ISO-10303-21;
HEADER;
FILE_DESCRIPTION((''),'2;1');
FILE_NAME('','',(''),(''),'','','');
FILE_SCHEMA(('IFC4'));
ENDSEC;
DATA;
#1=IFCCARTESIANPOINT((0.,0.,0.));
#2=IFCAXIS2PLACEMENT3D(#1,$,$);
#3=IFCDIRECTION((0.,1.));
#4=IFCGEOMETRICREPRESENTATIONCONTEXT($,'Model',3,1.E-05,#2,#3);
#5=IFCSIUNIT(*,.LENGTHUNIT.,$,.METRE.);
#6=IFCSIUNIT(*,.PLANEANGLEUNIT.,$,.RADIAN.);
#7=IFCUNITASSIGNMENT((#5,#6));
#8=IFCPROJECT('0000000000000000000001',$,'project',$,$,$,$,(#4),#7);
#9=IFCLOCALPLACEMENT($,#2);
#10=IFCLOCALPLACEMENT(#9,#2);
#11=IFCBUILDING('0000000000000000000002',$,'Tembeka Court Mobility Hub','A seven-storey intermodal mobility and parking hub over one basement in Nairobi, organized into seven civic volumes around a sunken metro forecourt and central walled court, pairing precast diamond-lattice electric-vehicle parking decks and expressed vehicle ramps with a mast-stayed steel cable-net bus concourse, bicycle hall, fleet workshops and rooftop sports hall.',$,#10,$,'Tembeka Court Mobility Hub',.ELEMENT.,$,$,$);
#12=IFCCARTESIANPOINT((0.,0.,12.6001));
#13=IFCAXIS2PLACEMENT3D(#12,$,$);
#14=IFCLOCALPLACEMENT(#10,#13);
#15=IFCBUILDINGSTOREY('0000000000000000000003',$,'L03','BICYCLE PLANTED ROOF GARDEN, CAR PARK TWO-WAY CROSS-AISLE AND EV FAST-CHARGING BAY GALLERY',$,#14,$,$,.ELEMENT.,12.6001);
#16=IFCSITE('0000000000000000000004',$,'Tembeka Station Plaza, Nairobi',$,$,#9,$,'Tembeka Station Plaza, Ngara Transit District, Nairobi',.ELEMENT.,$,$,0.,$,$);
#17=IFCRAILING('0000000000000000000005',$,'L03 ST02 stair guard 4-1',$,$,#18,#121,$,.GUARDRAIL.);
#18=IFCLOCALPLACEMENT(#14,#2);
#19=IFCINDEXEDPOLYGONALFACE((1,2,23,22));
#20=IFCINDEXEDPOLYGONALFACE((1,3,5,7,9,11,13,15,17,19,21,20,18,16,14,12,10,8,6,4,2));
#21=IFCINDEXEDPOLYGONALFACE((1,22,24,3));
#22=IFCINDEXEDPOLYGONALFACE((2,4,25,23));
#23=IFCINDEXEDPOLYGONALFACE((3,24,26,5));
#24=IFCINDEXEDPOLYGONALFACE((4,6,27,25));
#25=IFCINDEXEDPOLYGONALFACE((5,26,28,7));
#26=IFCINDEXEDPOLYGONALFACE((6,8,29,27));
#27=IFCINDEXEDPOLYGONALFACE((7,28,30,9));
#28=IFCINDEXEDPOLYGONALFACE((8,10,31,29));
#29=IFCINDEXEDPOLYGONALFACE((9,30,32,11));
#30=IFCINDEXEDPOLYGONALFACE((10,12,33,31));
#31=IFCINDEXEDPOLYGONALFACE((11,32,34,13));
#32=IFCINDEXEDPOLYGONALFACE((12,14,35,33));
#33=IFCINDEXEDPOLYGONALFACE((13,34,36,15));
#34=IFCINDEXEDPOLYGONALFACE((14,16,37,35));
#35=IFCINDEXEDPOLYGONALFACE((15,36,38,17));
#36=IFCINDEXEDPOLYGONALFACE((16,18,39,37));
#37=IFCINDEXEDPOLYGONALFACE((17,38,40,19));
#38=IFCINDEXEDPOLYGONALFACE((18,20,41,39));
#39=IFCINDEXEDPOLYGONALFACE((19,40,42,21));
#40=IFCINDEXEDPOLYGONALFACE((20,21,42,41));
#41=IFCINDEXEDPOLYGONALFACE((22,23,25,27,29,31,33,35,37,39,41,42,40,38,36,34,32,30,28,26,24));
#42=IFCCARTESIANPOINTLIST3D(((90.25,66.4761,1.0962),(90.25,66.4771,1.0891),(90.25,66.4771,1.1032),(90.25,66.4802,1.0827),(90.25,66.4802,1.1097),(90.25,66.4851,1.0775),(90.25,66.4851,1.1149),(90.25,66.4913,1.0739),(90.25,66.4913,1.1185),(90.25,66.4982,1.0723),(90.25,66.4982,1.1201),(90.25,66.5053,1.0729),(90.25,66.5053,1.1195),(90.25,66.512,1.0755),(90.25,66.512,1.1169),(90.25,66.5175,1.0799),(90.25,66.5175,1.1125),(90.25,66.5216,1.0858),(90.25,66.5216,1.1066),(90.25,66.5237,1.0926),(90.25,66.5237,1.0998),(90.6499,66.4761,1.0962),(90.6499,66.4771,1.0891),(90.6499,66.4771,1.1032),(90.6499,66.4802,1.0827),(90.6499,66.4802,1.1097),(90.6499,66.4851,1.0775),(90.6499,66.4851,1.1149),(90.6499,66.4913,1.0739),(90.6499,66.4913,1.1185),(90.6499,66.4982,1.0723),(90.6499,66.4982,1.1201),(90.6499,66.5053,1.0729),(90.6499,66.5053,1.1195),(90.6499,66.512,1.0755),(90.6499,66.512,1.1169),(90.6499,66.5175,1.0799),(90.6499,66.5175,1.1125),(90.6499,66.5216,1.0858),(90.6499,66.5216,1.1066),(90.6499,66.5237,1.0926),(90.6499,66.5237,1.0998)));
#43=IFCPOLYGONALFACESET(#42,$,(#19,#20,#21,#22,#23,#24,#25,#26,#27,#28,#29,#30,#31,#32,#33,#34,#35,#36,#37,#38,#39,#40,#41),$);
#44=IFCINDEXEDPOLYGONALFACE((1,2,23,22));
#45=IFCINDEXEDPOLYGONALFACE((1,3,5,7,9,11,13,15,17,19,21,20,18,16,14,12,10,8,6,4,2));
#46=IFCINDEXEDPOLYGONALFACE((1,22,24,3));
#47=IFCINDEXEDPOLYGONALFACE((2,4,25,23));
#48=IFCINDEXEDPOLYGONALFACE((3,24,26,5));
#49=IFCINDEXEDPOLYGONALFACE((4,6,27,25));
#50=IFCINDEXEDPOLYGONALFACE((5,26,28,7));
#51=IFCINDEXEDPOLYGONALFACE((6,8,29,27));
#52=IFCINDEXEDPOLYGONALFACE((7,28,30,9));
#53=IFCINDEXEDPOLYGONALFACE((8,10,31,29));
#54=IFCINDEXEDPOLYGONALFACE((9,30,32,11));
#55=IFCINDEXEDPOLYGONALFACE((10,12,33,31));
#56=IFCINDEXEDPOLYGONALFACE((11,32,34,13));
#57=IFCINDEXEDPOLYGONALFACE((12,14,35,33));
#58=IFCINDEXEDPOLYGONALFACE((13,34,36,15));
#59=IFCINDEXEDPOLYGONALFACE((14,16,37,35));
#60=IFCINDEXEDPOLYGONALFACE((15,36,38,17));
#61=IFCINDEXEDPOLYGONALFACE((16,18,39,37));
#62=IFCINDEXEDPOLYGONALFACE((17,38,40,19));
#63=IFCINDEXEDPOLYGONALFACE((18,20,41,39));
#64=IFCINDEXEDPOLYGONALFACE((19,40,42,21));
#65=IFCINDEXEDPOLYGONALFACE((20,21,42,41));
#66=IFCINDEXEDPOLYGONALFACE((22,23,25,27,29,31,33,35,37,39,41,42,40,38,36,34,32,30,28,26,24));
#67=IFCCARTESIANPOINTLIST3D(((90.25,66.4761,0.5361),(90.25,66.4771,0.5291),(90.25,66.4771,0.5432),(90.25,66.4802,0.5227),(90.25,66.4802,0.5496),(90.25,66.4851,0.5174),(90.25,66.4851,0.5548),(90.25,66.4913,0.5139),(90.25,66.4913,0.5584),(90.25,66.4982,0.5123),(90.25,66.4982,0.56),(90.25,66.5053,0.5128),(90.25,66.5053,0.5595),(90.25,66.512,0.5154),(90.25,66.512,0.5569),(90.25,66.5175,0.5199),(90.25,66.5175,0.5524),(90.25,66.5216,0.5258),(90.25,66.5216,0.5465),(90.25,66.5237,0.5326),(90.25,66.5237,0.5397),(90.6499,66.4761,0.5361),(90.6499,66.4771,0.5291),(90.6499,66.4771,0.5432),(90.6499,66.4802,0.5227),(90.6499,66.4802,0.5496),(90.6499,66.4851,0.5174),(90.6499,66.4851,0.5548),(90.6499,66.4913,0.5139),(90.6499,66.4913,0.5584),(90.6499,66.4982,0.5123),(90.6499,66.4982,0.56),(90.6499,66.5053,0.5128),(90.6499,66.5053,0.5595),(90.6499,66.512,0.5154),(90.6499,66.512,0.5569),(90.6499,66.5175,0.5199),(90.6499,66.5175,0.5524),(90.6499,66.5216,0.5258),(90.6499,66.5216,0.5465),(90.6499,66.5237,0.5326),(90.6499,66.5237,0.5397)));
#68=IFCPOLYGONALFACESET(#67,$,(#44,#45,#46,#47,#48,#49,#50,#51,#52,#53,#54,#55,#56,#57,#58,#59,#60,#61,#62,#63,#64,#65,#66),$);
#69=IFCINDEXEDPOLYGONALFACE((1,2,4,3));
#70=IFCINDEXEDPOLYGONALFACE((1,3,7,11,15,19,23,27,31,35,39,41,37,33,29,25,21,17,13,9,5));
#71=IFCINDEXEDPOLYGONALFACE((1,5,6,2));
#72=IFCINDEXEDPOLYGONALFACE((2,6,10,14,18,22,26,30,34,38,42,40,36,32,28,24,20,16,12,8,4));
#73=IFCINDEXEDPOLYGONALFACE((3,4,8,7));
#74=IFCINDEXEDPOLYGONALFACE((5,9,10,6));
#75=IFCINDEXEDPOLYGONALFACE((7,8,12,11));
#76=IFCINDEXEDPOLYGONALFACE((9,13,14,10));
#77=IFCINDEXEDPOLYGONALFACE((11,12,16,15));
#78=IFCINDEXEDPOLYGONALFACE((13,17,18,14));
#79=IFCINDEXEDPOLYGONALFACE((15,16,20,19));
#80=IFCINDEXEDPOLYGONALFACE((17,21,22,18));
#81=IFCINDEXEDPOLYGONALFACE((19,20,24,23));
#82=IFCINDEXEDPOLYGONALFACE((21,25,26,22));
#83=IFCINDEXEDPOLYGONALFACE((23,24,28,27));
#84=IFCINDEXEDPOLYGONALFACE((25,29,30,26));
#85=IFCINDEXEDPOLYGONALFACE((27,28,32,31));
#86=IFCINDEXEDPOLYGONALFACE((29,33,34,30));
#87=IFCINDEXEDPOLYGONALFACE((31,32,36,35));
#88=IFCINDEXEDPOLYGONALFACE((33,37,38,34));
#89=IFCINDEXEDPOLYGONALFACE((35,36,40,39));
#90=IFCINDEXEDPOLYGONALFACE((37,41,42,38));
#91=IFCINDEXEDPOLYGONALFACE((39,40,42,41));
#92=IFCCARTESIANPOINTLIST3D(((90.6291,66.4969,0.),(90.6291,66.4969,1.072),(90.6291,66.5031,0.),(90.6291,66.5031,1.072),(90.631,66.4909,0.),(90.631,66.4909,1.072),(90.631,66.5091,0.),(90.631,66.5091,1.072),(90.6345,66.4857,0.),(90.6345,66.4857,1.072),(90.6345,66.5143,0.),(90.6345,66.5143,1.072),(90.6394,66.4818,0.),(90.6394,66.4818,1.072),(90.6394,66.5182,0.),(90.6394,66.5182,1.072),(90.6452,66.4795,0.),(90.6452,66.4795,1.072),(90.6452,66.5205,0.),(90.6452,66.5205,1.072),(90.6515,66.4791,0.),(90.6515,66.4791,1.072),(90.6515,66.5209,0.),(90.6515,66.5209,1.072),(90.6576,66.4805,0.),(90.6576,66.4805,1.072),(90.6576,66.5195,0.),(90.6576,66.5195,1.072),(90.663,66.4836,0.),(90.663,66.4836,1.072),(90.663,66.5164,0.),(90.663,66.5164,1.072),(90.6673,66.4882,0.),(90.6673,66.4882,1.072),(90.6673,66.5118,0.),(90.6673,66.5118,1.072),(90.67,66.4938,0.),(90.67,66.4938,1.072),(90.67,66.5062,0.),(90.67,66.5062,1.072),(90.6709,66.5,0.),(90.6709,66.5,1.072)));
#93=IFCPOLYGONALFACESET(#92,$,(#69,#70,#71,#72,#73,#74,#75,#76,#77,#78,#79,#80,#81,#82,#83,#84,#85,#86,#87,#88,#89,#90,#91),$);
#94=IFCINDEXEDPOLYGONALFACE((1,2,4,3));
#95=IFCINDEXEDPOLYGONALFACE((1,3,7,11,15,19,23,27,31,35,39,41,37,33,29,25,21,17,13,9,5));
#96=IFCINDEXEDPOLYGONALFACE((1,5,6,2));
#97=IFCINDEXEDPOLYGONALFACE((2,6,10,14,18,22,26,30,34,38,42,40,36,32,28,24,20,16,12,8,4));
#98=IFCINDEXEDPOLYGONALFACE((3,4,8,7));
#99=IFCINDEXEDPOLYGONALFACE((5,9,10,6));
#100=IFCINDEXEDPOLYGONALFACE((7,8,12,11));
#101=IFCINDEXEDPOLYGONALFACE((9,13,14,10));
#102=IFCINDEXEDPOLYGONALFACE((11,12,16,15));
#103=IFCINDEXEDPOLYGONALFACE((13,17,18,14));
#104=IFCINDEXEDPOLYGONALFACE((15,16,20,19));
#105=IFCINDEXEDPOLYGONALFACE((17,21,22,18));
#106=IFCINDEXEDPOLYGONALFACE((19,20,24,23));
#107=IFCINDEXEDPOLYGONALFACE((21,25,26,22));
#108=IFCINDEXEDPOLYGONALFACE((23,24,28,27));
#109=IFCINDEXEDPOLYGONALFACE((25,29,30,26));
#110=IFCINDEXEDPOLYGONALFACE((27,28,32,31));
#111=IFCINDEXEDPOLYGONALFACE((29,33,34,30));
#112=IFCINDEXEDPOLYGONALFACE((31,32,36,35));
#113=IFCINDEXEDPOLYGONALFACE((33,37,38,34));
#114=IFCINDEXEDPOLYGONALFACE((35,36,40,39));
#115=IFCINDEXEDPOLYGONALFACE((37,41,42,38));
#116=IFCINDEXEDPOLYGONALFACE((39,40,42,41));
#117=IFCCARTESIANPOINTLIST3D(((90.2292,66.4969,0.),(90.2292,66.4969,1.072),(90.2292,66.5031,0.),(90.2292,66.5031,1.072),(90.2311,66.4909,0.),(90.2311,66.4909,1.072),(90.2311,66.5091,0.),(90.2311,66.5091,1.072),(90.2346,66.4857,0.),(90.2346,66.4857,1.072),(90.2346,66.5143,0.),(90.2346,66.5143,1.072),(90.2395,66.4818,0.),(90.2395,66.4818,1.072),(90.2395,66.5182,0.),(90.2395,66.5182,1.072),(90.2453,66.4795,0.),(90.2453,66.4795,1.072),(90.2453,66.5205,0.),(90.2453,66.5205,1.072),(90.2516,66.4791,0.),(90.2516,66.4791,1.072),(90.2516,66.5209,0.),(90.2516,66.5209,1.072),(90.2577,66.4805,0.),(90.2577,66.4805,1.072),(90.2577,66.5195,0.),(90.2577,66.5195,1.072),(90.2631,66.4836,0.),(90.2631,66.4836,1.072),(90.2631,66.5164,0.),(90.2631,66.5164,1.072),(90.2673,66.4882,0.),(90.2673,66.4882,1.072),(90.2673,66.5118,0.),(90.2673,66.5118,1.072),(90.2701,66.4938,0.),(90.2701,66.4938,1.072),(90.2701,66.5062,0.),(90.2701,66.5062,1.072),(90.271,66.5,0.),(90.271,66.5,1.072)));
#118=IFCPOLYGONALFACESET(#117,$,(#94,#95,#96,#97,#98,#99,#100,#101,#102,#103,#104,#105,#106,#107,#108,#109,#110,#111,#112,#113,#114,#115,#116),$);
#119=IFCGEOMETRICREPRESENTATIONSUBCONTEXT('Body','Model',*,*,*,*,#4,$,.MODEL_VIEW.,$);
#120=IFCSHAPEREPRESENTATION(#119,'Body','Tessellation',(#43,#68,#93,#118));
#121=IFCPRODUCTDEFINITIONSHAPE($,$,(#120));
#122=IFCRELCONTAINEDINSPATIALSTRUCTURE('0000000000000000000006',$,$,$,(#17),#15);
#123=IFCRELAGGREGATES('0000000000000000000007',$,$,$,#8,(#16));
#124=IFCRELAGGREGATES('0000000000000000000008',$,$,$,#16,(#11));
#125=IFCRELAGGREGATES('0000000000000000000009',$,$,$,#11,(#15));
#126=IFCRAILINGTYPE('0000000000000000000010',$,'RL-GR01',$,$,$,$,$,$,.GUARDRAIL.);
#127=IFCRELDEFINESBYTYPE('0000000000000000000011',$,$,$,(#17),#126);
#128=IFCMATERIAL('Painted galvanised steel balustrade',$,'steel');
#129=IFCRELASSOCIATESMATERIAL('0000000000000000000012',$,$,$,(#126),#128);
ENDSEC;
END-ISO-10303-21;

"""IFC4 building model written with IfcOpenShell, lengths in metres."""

from ifc_helpers import new_model, si_unit, direction, frame, origin, origin_2d, place, context, subcontext, project, spatial, circle, extrude, material, type_object, element, save


model = new_model("IFC4")

# Units and contexts
model_context = context("Model", 3, precision=1e-05, world=origin(), true_north=direction((0.0, 1.0)))
body_context = subcontext(model_context, "Body", "Model", "MODEL_VIEW")
ifc_project = project(units=[si_unit("LENGTHUNIT", "METRE"), si_unit("PLANEANGLEUNIT", "RADIAN")], contexts=[model_context])

# Site, building, storey
site_placement = place(None, origin())
site = spatial("IfcSite", under=ifc_project, at=site_placement, Name="Tembeka Station Plaza, Nairobi", LongName="Tembeka Station Plaza, Ngara Transit District, Nairobi", CompositionType="ELEMENT", RefElevation=0.0)
building_placement = place(site_placement, origin())
building = spatial("IfcBuilding", under=site, at=building_placement, Name="Tembeka Court Mobility Hub", Description="A seven-storey intermodal mobility and parking hub over one basement in Nairobi, organized into seven civic volumes around a sunken metro forecourt and central walled court, pairing precast diamond-lattice electric-vehicle parking decks and expressed vehicle ramps with a mast-stayed steel cable-net bus concourse, bicycle hall, fleet workshops and rooftop sports hall.", LongName="Tembeka Court Mobility Hub", CompositionType="ELEMENT")
storey_placement = place(building_placement, frame((0.0, 0.0, 12.6001)))
storey = spatial("IfcBuildingStorey", under=building, at=storey_placement, Name="L03", Description="BICYCLE PLANTED ROOF GARDEN, CAR PARK TWO-WAY CROSS-AISLE AND EV FAST-CHARGING BAY GALLERY", CompositionType="ELEMENT", Elevation=12.6001)

# Railing
ifc_material_1 = material(Name="Painted galvanised steel balustrade", Category="steel")
railing_type_1 = type_object("IfcRailingType", Name="RL-GR01", PredefinedType="GUARDRAIL", material=ifc_material_1)
railing_1_placement = place(storey_placement, frame((90.6499, 66.5, 0.0)))
element("IfcRailing", 1, at=railing_1_placement, inside=storey, type_object=railing_type_1, Name="L03 ST02 stair guard 4-1", PredefinedType="GUARDRAIL", context=body_context, shape_type="SweptSolid", body=[
    extrude(circle(Radius=0.0239, at=origin_2d()), frame((0.0, 0.0, 1.0962), z_axis=(-1.0, 0.0, 0.0), x_axis=(0.0, -1.0, 0.0)), (0.0, 0.0, 1.0), 0.3999),
    extrude(circle(Radius=0.0239, at=origin_2d()), frame((0.0, 0.0, 0.5361), z_axis=(-1.0, 0.0, 0.0), x_axis=(0.0, -1.0, 0.0)), (0.0, 0.0, 1.0), 0.3999),
    extrude(circle(Radius=0.021, at=origin_2d()), origin(), (0.0, 0.0, 1.0), 1.072),
    extrude(circle(Radius=0.021, at=origin_2d()), frame((-0.3999, 0.0, 0.0)), (0.0, 0.0, 1.0), 1.072),
])

save(model, "model.ifc")
